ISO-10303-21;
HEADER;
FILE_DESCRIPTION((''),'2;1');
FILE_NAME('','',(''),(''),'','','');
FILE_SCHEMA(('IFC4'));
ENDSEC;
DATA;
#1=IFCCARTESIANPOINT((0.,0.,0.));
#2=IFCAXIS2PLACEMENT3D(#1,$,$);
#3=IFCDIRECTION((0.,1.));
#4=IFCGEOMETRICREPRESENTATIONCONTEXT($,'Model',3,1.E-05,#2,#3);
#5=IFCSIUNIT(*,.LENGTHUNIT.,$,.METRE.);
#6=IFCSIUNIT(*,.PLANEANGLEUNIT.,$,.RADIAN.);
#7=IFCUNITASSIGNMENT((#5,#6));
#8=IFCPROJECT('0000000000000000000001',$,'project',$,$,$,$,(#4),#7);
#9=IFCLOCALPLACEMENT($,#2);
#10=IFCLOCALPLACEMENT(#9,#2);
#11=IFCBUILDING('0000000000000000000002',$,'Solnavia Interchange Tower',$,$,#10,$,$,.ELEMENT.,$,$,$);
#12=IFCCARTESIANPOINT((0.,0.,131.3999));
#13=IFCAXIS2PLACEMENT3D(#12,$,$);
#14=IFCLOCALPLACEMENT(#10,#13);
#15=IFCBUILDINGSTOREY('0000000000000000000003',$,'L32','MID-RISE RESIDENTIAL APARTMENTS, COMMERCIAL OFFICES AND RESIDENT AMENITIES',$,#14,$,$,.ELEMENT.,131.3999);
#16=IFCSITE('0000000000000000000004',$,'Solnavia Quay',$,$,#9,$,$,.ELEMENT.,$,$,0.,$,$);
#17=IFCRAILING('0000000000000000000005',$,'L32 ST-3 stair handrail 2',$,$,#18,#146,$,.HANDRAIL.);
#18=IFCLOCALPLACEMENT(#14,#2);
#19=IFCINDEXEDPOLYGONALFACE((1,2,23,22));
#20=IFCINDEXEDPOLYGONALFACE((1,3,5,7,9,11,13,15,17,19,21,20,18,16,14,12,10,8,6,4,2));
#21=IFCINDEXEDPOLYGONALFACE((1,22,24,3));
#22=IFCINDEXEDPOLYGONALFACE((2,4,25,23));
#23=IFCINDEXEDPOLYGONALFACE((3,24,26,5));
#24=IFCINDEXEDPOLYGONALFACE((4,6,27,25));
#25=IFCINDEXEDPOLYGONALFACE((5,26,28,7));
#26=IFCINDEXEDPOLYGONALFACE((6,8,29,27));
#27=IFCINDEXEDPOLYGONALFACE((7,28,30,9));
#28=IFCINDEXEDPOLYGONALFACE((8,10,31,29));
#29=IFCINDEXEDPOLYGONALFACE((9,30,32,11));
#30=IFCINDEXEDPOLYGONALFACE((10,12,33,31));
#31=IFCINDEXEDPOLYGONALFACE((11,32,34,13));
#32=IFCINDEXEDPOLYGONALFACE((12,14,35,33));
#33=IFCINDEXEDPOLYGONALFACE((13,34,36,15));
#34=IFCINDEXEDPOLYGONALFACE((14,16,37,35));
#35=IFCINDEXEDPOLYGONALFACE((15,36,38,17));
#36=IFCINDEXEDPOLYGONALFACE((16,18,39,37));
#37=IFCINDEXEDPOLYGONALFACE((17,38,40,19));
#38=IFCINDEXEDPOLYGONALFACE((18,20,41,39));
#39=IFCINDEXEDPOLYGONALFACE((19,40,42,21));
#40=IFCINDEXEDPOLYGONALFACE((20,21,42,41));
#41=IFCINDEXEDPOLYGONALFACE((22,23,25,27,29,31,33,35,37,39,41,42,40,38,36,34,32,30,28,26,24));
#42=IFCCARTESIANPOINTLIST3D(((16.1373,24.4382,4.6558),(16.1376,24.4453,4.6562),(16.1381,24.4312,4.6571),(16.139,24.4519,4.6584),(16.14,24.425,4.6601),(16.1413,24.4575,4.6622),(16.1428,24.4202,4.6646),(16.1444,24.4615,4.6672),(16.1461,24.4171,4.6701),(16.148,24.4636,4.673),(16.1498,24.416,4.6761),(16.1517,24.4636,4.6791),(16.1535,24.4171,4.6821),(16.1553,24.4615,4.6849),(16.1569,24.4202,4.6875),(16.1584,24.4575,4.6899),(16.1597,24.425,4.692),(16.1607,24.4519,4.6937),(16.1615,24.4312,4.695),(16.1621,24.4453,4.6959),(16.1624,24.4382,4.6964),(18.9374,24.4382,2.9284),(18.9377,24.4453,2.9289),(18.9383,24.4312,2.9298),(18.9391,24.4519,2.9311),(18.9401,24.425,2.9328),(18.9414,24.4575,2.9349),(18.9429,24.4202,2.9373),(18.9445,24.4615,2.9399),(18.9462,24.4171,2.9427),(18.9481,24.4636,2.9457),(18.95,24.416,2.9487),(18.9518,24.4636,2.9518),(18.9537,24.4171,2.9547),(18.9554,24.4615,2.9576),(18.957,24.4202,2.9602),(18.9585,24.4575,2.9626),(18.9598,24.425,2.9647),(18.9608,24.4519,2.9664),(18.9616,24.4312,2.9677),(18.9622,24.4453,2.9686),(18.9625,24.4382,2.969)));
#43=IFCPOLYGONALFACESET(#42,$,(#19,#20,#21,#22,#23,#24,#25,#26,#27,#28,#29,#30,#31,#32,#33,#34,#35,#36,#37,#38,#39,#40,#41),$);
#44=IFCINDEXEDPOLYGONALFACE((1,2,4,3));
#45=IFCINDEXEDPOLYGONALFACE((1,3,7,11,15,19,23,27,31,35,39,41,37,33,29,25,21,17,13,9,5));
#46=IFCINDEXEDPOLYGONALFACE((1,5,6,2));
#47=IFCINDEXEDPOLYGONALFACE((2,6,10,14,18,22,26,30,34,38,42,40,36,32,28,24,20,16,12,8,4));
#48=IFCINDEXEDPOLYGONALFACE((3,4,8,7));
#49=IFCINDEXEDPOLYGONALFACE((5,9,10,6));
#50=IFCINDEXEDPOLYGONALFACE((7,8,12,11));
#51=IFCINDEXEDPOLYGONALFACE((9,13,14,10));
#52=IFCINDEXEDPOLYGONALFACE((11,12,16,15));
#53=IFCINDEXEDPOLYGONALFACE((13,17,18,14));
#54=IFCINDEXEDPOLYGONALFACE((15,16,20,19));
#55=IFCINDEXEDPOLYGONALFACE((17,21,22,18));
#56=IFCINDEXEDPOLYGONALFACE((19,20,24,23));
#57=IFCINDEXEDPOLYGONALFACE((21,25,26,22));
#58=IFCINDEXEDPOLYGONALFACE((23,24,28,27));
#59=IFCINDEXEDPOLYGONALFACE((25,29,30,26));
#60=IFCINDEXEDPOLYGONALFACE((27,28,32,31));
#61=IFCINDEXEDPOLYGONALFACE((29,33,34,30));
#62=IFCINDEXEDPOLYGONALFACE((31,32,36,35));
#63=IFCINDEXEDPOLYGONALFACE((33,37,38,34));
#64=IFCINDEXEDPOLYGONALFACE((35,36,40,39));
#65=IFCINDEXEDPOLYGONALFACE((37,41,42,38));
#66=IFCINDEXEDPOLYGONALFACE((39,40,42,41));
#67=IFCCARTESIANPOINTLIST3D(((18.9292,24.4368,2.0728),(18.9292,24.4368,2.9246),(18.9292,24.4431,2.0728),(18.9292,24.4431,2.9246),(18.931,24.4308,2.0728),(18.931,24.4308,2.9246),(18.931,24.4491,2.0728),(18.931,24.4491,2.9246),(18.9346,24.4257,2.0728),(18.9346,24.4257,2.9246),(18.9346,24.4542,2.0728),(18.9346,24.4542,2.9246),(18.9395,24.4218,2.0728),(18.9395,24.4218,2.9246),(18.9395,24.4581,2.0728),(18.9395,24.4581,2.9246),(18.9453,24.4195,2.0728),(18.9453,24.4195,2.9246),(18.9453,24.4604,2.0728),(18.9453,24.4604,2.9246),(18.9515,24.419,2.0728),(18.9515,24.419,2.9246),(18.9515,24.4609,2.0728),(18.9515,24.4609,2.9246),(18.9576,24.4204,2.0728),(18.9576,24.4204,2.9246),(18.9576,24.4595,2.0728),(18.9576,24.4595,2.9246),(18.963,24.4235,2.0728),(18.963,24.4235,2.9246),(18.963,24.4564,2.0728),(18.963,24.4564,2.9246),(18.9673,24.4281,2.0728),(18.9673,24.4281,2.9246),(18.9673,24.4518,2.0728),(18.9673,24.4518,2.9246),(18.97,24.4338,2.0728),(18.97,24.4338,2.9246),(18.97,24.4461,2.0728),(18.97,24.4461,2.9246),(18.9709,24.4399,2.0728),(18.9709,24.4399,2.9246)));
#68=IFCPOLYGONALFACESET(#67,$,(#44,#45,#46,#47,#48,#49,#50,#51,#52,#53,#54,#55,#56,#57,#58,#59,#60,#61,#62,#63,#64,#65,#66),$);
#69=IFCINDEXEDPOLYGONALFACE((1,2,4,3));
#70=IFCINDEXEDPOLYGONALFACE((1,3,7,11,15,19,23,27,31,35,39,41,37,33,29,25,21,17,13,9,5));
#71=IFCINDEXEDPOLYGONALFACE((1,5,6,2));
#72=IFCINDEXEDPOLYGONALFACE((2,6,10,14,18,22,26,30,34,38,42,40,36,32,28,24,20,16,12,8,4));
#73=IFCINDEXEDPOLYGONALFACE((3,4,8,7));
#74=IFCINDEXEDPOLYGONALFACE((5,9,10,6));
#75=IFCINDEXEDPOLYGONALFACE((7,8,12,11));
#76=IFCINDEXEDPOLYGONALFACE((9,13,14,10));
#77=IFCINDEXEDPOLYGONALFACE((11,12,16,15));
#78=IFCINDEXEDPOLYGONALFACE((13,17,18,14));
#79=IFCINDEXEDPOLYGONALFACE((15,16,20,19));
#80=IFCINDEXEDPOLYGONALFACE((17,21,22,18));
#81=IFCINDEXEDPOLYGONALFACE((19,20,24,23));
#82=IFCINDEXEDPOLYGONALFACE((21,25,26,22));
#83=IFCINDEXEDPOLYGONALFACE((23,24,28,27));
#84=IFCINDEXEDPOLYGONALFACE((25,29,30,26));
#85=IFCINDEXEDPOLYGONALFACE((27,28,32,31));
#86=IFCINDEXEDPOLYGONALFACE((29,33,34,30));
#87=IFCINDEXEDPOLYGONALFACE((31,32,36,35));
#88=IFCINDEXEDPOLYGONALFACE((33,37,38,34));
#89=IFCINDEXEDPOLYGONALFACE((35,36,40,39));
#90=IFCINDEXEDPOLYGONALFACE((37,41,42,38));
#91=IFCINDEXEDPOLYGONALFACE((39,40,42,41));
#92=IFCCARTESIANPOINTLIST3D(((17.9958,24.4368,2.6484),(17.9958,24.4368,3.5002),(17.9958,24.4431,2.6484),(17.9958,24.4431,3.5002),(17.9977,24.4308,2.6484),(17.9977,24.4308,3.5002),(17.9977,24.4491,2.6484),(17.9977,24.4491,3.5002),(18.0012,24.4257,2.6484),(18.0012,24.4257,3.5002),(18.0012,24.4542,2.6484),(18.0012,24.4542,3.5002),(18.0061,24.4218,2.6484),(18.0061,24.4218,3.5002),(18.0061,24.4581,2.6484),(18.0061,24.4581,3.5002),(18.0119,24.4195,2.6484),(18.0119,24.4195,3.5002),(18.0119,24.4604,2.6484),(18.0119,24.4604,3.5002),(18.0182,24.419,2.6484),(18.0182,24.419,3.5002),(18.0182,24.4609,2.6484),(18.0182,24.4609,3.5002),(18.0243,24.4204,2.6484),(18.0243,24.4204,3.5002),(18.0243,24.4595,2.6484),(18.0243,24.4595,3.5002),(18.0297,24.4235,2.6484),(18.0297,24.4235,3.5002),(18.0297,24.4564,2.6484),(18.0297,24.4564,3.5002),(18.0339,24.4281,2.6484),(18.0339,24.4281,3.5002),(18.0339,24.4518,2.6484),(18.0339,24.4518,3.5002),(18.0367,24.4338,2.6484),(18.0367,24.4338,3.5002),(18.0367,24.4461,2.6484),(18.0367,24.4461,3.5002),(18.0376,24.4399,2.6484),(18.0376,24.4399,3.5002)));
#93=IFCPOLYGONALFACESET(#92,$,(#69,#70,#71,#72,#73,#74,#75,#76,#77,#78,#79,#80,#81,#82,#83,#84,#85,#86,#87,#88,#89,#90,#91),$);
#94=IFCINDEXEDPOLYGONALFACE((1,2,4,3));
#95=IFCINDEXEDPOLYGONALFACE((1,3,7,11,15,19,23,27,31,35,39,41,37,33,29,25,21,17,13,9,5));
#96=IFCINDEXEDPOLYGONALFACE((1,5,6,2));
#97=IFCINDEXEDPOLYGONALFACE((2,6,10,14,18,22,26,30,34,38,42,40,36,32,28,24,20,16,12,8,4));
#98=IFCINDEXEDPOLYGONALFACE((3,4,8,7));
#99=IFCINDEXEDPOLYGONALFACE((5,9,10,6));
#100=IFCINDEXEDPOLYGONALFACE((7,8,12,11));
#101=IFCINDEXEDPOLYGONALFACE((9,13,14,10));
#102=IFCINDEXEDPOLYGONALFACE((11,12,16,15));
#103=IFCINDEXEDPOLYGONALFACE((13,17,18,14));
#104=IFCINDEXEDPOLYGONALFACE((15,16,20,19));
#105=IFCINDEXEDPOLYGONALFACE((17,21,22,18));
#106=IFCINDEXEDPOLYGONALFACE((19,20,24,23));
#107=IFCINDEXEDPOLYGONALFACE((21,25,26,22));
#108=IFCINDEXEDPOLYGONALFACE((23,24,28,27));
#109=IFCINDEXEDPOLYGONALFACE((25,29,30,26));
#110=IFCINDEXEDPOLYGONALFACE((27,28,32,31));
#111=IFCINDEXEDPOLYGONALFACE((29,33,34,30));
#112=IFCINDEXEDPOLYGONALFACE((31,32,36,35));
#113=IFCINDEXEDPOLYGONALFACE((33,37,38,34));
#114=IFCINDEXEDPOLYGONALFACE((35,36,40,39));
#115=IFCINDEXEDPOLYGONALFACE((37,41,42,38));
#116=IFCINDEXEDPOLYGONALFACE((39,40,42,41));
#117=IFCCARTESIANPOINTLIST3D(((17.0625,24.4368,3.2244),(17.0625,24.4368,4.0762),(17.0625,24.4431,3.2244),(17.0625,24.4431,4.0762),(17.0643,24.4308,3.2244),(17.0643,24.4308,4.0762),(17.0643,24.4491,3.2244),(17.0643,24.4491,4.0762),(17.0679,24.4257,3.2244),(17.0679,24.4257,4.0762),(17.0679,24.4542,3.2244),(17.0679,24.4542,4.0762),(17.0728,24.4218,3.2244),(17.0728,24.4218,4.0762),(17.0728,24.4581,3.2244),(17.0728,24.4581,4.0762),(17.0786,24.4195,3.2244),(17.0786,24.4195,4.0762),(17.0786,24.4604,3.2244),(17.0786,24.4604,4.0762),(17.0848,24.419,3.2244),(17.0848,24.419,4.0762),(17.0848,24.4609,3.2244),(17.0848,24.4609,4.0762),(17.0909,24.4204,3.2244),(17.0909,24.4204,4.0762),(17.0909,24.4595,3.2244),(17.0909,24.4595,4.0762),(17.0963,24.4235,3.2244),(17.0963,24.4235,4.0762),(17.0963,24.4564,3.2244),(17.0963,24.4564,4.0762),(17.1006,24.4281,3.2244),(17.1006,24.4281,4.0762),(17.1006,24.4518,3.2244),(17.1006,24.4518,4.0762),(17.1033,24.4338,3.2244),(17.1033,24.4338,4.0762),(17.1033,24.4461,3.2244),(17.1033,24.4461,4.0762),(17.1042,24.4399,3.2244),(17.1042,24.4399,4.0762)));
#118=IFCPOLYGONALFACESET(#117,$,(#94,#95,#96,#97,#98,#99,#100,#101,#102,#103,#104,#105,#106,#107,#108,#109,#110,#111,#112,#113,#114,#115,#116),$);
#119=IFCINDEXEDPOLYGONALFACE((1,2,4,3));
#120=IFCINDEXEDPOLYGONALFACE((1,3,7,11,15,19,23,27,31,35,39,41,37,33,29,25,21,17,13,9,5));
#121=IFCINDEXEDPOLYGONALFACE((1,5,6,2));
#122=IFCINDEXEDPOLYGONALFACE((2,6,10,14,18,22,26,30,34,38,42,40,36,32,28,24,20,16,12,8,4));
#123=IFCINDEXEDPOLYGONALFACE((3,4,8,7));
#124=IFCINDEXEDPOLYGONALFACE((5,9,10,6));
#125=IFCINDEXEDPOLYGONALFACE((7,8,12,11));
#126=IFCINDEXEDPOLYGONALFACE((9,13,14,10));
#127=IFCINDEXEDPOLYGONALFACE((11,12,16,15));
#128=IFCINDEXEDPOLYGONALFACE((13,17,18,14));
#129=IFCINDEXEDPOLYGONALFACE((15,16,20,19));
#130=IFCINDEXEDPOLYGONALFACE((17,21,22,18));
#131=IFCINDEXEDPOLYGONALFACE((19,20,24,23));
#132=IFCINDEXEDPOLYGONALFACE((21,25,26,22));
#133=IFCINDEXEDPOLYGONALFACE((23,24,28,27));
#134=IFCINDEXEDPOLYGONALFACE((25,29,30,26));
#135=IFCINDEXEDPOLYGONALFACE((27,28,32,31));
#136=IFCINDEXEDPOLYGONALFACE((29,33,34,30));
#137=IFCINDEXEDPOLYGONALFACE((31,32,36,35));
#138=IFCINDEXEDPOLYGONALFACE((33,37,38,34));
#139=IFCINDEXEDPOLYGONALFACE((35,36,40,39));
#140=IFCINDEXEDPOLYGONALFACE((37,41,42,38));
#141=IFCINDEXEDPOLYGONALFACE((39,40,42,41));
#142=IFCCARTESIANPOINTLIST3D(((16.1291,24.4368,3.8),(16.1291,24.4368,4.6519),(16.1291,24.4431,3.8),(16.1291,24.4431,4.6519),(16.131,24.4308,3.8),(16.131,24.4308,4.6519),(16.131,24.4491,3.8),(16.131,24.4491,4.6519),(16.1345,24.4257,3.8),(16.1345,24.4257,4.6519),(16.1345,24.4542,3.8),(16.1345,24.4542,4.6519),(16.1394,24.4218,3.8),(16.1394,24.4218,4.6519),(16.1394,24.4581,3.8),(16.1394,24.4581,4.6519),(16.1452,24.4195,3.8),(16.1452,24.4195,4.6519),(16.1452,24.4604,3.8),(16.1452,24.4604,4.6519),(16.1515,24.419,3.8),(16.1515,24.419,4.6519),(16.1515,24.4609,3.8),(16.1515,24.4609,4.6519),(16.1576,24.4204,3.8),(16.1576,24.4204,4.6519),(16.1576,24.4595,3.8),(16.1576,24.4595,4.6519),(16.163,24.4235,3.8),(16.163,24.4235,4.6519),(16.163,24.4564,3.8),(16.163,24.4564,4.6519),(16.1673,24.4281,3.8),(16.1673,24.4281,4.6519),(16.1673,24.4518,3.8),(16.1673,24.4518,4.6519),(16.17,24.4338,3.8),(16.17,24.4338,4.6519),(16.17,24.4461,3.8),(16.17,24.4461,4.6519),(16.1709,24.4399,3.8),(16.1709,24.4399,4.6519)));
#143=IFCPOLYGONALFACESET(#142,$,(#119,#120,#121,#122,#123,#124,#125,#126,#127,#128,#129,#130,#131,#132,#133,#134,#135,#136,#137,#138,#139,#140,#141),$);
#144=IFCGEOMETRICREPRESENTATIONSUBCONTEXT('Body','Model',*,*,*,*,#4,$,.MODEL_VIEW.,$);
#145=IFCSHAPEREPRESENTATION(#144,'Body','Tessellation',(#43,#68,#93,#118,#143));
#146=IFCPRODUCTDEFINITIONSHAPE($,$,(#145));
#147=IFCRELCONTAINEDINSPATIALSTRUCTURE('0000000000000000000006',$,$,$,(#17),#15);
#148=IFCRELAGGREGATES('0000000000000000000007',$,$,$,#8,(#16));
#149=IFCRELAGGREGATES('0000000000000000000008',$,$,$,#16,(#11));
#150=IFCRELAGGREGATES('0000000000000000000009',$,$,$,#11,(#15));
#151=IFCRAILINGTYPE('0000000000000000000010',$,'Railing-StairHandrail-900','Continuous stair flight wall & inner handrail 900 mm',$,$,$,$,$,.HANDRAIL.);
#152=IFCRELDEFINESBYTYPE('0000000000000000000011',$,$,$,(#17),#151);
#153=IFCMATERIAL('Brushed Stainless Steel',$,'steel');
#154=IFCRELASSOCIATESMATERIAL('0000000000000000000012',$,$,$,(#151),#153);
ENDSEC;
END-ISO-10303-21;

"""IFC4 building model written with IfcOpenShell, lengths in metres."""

from ifc_helpers import new_model, si_unit, direction, frame, origin, origin_2d, place, context, subcontext, project, spatial, circle, extrude, material, type_object, element, save


model = new_model("IFC4")

# Units and contexts
model_context = context("Model", 3, precision=1e-05, world=origin(), true_north=direction((0.0, 1.0)))
body_context = subcontext(model_context, "Body", "Model", "MODEL_VIEW")
ifc_project = project(units=[si_unit("LENGTHUNIT", "METRE"), si_unit("PLANEANGLEUNIT", "RADIAN")], contexts=[model_context])

# Site, building, storey
site_placement = place(None, origin())
site = spatial("IfcSite", under=ifc_project, at=site_placement, Name="Solnavia Quay", CompositionType="ELEMENT", RefElevation=0.0)
building_placement = place(site_placement, origin())
building = spatial("IfcBuilding", under=site, at=building_placement, Name="Solnavia Interchange Tower", CompositionType="ELEMENT")
storey_placement = place(building_placement, frame((0.0, 0.0, 131.3999)))
storey = spatial("IfcBuildingStorey", under=building, at=storey_placement, Name="L32", Description="MID-RISE RESIDENTIAL APARTMENTS, COMMERCIAL OFFICES AND RESIDENT AMENITIES", CompositionType="ELEMENT", Elevation=131.3999)

# Railing
ifc_material_1 = material(Name="Brushed Stainless Steel", Category="steel")
railing_type_1 = type_object("IfcRailingType", Name="Railing-StairHandrail-900", Description="Continuous stair flight wall & inner handrail 900 mm", PredefinedType="HANDRAIL", material=ifc_material_1)
railing_1_placement = place(storey_placement, frame((18.95, 24.4399, 2.0728)))
element("IfcRailing", 1, at=railing_1_placement, inside=storey, type_object=railing_type_1, Name="L32 ST-3 stair handrail 2", PredefinedType="HANDRAIL", context=body_context, shape_type="SweptSolid", body=[
    extrude(circle(Radius=0.0239, at=origin_2d()), frame((0.0, 0.0, 0.876), z_axis=(-0.85109, 0.0, 0.52502), x_axis=(0.0, -1.0, 0.0)), (0.0, 0.0, 1.0), 3.29),
    extrude(circle(Radius=0.021, at=origin_2d()), origin(), (0.0, 0.0, 1.0), 0.8518),
    extrude(circle(Radius=0.021, at=origin_2d()), frame((-0.9333, 0.0, 0.5757)), (0.0, 0.0, 1.0), 0.8518),
    extrude(circle(Radius=0.021, at=origin_2d()), frame((-1.8667, 0.0, 1.1516)), (0.0, 0.0, 1.0), 0.8518),
    extrude(circle(Radius=0.021, at=origin_2d()), frame((-2.8, 0.0, 1.7273)), (0.0, 0.0, 1.0), 0.8518),
])

save(model, "model.ifc")
